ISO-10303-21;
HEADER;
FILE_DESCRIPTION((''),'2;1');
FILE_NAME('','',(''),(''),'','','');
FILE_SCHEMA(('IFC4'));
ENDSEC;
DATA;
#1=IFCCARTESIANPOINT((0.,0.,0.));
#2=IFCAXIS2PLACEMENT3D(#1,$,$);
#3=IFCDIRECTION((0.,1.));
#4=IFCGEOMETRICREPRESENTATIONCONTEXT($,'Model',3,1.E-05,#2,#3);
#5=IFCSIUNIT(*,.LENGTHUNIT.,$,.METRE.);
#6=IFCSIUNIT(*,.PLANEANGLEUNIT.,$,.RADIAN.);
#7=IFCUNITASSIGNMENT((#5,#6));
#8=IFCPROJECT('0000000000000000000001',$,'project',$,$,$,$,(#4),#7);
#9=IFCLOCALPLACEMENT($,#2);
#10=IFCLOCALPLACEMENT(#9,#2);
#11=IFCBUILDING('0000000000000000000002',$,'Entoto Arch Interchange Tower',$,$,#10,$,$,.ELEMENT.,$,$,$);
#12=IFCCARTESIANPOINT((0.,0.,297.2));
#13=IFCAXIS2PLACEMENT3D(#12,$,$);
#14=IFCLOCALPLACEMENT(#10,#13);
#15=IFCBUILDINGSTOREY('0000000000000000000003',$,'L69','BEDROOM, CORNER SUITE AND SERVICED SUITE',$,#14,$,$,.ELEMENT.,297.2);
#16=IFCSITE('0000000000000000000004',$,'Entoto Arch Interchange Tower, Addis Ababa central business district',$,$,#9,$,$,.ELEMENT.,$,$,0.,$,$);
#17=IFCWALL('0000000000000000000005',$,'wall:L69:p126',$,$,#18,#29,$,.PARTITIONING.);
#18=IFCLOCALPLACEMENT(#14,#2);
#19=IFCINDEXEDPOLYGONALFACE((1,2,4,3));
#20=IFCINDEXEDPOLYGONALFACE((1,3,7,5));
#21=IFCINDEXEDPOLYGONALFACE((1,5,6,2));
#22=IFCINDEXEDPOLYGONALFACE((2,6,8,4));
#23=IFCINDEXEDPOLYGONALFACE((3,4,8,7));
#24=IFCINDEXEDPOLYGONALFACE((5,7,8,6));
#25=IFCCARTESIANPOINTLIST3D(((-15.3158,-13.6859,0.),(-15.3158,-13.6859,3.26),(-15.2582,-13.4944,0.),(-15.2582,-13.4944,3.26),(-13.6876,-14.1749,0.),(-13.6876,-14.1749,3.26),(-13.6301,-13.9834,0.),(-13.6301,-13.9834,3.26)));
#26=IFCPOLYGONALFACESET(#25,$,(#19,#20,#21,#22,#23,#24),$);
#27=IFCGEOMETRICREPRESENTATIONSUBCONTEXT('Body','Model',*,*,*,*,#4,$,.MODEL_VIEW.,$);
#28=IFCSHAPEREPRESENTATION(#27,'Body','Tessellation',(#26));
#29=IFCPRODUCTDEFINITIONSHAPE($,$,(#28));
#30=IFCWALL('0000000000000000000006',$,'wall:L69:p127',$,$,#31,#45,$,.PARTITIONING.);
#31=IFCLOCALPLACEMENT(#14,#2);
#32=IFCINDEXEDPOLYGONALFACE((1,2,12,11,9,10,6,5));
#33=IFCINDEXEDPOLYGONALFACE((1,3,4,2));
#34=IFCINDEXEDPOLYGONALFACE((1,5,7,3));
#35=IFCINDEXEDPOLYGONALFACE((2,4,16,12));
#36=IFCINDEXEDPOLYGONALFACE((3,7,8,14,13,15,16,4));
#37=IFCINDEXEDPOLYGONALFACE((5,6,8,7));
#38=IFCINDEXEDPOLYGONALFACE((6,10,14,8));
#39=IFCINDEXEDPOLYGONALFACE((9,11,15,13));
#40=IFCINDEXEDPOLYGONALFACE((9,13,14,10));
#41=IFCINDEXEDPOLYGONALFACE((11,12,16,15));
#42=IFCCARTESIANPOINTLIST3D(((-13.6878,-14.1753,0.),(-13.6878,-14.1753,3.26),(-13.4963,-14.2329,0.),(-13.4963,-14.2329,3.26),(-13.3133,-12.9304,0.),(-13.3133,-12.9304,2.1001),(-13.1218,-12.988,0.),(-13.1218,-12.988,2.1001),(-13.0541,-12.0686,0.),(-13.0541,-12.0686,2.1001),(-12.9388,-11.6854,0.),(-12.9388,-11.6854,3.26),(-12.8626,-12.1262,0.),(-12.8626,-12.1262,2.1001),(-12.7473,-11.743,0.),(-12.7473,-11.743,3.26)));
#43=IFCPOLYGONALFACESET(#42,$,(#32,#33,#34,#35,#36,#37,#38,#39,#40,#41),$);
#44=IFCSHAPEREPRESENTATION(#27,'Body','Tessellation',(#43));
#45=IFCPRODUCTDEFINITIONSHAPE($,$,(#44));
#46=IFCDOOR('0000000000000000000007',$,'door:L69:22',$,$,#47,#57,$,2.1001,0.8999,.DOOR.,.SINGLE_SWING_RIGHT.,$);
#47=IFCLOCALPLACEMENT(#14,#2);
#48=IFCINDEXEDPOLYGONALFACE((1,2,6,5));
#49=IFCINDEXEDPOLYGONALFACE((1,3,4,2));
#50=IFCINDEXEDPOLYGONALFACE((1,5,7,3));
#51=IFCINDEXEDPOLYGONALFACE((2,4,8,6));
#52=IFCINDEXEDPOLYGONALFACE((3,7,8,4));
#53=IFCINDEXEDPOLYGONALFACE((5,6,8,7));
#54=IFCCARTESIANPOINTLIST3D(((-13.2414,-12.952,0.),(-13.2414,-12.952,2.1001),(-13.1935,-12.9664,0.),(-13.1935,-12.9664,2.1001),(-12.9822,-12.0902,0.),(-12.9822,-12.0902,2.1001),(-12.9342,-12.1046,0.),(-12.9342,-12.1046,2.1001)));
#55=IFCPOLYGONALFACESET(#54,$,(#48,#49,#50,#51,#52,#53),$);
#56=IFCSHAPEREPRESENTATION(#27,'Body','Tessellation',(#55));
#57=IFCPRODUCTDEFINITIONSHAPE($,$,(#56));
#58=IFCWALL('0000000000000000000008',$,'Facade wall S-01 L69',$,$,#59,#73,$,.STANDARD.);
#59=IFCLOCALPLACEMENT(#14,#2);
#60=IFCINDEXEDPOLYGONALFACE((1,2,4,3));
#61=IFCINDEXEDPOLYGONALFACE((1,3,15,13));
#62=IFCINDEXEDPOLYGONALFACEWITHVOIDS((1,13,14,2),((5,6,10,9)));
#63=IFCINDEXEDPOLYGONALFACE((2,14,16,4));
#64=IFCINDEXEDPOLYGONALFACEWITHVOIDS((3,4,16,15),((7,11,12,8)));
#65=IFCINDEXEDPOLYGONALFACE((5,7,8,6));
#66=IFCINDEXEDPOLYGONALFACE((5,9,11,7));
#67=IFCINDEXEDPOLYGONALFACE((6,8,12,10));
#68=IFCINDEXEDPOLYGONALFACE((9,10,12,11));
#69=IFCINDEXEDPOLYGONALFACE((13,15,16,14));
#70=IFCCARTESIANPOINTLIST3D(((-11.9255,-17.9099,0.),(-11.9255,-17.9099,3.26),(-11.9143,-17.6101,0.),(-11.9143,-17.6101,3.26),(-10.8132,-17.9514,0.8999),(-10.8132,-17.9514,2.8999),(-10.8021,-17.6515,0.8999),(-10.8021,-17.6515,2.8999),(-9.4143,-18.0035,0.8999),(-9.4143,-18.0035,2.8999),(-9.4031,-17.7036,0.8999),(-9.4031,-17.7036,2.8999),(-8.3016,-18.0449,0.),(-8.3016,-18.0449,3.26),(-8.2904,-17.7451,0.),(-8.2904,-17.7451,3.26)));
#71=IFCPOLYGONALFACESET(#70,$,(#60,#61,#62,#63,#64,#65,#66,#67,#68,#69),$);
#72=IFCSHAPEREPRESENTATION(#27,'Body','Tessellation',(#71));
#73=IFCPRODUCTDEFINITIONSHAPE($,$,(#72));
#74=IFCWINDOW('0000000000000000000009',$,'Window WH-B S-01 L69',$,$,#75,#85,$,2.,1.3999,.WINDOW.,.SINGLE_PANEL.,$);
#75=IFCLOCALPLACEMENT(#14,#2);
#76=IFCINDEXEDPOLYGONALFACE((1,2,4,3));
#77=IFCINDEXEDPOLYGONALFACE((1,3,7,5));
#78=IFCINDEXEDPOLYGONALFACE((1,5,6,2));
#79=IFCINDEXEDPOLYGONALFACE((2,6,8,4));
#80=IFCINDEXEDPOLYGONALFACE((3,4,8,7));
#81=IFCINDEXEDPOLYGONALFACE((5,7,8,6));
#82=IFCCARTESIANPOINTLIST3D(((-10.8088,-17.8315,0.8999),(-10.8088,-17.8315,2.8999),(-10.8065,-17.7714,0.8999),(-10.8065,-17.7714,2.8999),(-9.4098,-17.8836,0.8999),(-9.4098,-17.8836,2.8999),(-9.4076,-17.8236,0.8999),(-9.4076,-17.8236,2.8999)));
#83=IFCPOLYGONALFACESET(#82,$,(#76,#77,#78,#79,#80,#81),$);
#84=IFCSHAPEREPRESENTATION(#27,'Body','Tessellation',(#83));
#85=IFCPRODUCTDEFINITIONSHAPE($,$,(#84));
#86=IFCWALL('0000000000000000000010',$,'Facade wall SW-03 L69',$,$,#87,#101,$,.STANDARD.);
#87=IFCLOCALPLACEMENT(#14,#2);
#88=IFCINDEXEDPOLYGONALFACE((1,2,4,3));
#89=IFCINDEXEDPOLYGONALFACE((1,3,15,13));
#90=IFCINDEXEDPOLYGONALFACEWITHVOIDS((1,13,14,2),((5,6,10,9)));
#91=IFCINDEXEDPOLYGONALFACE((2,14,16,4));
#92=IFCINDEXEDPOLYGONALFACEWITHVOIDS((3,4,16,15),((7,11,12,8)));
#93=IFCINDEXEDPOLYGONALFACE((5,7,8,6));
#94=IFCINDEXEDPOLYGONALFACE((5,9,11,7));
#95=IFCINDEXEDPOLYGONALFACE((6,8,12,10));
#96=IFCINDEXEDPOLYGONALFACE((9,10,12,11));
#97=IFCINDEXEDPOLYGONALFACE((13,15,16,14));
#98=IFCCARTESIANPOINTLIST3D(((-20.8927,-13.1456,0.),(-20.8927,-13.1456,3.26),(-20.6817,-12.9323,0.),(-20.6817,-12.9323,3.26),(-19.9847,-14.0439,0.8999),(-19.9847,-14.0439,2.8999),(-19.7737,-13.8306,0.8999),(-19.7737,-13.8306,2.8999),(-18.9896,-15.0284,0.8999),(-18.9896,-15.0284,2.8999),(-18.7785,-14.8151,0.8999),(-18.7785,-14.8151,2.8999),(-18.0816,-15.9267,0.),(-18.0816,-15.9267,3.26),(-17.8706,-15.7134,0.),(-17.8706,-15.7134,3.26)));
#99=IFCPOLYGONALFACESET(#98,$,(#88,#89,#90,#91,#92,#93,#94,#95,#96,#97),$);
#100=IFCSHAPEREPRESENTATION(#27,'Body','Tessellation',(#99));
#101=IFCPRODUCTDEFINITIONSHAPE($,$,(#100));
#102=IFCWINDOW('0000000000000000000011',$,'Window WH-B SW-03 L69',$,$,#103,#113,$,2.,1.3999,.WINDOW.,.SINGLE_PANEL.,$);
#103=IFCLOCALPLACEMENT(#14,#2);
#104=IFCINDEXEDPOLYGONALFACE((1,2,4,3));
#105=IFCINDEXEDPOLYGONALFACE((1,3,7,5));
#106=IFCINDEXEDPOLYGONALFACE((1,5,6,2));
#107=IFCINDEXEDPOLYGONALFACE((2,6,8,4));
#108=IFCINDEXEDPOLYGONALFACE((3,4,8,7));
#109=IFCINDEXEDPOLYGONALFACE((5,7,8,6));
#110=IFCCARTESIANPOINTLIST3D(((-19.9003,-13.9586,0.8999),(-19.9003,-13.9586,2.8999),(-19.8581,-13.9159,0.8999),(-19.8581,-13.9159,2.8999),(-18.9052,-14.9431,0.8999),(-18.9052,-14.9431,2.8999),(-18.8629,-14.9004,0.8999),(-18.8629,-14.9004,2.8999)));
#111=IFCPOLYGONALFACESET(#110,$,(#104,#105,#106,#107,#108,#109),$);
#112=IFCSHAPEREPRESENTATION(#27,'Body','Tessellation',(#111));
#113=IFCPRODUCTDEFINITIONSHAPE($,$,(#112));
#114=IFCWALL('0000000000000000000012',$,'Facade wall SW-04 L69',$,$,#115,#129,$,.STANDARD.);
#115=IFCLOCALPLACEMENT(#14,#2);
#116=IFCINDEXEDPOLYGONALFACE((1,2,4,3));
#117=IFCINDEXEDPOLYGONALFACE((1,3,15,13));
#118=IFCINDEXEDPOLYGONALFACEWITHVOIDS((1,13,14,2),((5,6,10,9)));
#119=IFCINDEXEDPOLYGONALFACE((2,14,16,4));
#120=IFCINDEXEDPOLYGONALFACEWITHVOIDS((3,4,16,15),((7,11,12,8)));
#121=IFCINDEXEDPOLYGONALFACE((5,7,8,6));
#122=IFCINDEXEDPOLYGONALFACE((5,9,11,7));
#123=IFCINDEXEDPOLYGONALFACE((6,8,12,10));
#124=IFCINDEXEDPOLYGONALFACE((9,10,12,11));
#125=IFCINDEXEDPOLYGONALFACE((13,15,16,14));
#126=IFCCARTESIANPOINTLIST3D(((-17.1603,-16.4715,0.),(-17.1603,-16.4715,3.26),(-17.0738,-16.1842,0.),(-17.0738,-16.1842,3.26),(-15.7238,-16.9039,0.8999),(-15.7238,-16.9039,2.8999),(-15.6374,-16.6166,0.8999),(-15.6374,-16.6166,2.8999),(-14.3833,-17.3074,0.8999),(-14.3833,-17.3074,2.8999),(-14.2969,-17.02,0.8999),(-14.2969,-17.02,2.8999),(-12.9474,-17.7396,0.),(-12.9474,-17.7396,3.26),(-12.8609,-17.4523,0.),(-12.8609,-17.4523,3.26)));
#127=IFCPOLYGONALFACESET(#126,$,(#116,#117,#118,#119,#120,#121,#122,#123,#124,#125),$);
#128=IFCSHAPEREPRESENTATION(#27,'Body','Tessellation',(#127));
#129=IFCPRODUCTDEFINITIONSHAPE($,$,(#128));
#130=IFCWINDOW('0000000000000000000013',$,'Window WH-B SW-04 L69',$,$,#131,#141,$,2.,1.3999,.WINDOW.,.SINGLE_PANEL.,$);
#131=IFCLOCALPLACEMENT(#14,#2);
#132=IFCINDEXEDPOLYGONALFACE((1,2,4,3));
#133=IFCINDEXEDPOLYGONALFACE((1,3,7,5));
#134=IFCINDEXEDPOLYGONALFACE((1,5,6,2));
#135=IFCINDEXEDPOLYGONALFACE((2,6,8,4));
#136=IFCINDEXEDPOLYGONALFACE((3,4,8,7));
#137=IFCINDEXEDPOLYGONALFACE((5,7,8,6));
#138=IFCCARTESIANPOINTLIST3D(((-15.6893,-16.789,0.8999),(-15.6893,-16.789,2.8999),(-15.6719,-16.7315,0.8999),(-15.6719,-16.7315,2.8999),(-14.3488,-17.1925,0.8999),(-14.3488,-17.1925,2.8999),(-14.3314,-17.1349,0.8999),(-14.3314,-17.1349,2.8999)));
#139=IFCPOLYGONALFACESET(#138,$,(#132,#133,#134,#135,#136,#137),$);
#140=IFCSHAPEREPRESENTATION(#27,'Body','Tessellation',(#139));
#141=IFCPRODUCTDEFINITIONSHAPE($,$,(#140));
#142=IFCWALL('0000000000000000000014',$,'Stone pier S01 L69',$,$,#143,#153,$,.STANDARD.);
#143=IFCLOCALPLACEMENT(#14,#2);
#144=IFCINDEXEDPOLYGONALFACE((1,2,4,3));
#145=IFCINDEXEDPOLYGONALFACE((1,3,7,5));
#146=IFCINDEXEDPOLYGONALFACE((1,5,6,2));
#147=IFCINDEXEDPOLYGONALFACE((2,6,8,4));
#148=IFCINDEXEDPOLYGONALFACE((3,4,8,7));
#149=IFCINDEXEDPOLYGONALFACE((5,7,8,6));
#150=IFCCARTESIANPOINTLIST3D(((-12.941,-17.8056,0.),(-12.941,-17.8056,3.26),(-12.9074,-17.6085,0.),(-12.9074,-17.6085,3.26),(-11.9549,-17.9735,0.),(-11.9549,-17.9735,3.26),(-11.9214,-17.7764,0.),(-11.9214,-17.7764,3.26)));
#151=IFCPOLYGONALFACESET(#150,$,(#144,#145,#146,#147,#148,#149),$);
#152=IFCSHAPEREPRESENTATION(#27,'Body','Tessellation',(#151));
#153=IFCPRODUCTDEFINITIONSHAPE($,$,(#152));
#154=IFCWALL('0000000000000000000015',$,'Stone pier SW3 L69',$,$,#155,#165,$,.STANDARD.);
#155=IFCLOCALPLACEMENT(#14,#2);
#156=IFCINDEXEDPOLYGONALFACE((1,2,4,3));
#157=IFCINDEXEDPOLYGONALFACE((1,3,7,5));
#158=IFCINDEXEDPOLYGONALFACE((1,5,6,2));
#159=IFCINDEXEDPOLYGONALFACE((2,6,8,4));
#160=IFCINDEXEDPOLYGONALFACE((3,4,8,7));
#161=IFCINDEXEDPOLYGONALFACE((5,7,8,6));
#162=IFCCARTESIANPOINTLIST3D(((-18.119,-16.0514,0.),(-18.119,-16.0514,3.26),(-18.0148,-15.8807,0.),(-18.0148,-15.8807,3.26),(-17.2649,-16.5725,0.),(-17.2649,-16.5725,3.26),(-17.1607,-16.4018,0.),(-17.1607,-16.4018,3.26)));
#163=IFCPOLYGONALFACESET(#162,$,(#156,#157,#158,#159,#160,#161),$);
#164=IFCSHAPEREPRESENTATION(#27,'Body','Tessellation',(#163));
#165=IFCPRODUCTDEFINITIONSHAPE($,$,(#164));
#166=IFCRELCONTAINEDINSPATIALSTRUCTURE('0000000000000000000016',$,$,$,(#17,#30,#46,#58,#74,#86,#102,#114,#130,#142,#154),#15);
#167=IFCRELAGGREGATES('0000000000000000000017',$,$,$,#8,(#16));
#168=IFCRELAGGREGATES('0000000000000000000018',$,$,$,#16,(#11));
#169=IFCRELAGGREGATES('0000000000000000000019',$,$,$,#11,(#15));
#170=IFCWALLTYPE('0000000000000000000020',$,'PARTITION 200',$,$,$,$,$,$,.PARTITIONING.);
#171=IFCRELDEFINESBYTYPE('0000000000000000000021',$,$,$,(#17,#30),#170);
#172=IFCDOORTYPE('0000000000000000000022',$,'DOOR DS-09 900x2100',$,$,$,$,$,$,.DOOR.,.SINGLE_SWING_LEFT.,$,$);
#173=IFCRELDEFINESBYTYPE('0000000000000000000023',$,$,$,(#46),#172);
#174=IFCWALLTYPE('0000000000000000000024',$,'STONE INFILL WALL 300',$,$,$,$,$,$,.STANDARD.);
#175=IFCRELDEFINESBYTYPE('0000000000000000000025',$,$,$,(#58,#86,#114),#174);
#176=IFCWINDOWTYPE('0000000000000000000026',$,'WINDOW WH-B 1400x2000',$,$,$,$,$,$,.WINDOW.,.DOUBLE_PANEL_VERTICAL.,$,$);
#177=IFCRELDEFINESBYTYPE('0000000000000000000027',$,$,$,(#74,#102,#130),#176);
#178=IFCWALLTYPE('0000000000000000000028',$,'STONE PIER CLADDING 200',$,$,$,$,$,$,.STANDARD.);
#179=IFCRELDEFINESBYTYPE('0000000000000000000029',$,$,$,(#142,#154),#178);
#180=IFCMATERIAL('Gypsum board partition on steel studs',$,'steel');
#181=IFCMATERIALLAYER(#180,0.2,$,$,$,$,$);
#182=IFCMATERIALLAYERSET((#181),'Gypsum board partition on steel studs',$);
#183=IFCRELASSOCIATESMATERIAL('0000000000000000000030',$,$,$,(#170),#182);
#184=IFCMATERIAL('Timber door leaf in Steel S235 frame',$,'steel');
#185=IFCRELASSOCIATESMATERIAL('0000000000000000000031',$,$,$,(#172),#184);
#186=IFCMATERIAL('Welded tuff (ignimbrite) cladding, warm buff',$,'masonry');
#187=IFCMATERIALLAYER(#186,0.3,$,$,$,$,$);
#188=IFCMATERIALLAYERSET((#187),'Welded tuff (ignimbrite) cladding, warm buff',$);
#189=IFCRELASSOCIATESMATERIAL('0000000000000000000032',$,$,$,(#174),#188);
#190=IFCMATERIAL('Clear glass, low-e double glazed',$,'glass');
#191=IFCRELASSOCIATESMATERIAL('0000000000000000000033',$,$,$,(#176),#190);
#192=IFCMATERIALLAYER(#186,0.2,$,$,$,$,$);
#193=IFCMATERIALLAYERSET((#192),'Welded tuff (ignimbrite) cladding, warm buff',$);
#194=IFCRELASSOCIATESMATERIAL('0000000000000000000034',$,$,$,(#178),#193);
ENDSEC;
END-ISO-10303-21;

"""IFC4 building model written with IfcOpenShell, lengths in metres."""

from ifc_helpers import new_model, si_unit, direction, frame, frame_2d, origin, place, context, subcontext, project, spatial, rectangle, extrude, material, layer, layer_set, type_object, element, fill, save


model = new_model("IFC4")

# Units and contexts
model_context = context("Model", 3, precision=1e-05, world=origin(), true_north=direction((0.0, 1.0)))
body_context = subcontext(model_context, "Body", "Model", "MODEL_VIEW")
ifc_project = project(units=[si_unit("LENGTHUNIT", "METRE"), si_unit("PLANEANGLEUNIT", "RADIAN")], contexts=[model_context])

# Site, building, storey
site_placement = place(None, origin())
site = spatial("IfcSite", under=ifc_project, at=site_placement, Name="Entoto Arch Interchange Tower, Addis Ababa central business district", CompositionType="ELEMENT", RefElevation=0.0)
building_placement = place(site_placement, origin())
building = spatial("IfcBuilding", under=site, at=building_placement, Name="Entoto Arch Interchange Tower", CompositionType="ELEMENT")
storey_placement = place(building_placement, frame((0.0, 0.0, 297.2)))
storey = spatial("IfcBuildingStorey", under=building, at=storey_placement, Name="L69", Description="BEDROOM, CORNER SUITE AND SERVICED SUITE", CompositionType="ELEMENT", Elevation=297.2)

# Shared definitions
ifc_material_1 = material(Name="Gypsum board partition on steel studs", Category="steel")

# Shared definitions
ifc_layer_1 = layer(ifc_material_1, 0.2)
ifc_layer_set_1 = layer_set([ifc_layer_1], Name="Gypsum board partition on steel studs")
wall_type_1 = type_object("IfcWallType", Name="PARTITION 200", PredefinedType="PARTITIONING", material=ifc_layer_set_1)
ifc_material_2 = material(Name="Timber door leaf in Steel S235 frame", Category="steel")

# Wall
wall_1_placement = place(storey_placement, frame((-15.2871, -13.5901, 0.0), z_axis=(0.0, 0.0, 1.0), x_axis=(0.957735, -0.287651, 0.0)))
element("IfcWall", 1, at=wall_1_placement, inside=storey, type_object=wall_type_1, Name="wall:L69:p126", PredefinedType="PARTITIONING", context=body_context, shape_type="SweptSolid", body=[
    extrude(rectangle(XDim=1.7, YDim=0.2, at=frame_2d((0.8501, 0.0))), origin(), (0.0, 0.0, 1.0), 3.26),
])

# Wall, opening, door
wall_2_placement = place(storey_placement, frame((-13.592, -14.2041, 0.0), z_axis=(0.0, 0.0, 1.0), x_axis=(0.288063, 0.957612, 0.0)))
wall_2 = element("IfcWall", 2, at=wall_2_placement, inside=storey, type_object=wall_type_1, Name="wall:L69:p127", PredefinedType="PARTITIONING", context=body_context, shape_type="SweptSolid", body=[
    extrude(rectangle(XDim=2.6001, YDim=0.2, at=frame_2d((1.3, 0.0))), origin(), (0.0, 0.0, 1.0), 3.26),
])
opening_1_placement = place(wall_2_placement, frame((1.3, 0.0, 0.0)))
opening_1 = element("IfcOpeningElement", 3, at=opening_1_placement, cuts=wall_2, PredefinedType="OPENING", context=body_context, shape_type="SweptSolid", body=[
    extrude(rectangle(XDim=0.8999, YDim=2.1001, at=frame_2d((0.45, 1.05))), frame((0.0, 0.1099, 0.0), z_axis=(0.0, -1.0, 0.0), x_axis=(1.0, 0.0, 0.0)), (0.0, 0.0, 1.0), 0.22),
])
door_type_1 = type_object("IfcDoorType", Name="DOOR DS-09 900x2100", OperationType="SINGLE_SWING_LEFT", PredefinedType="DOOR", material=ifc_material_2)
door_1_placement = place(opening_1_placement, origin())
door_1 = element("IfcDoor", 4, at=door_1_placement, inside=storey, type_object=door_type_1, Name="door:L69:22", OperationType="SINGLE_SWING_RIGHT", OverallHeight=2.1001, OverallWidth=0.8999, PredefinedType="DOOR", context=body_context, shape_type="SweptSolid", body=[
    extrude(rectangle(XDim=0.8999, YDim=2.1001, at=frame_2d((0.45, 1.05))), frame((0.0, 0.0249, 0.0), z_axis=(0.0, -1.0, 0.0), x_axis=(1.0, 0.0, 0.0)), (0.0, 0.0, 1.0), 0.05),
])
fill(opening_1, door_1)

# Walls, openings, windows
ifc_material_3 = material(Name="Welded tuff (ignimbrite) cladding, warm buff", Category="masonry")
ifc_layer_2 = layer(ifc_material_3, 0.3)
ifc_layer_set_2 = layer_set([ifc_layer_2], Name="Welded tuff (ignimbrite) cladding, warm buff")
wall_type_2 = type_object("IfcWallType", Name="STONE INFILL WALL 300", PredefinedType="STANDARD", material=ifc_layer_set_2)
wall_3_placement = place(storey_placement, frame((-11.9199, -17.76, 0.0), z_axis=(0.0, 0.0, 1.0), x_axis=(0.999307, -0.037228, 0.0)))
wall_3 = element("IfcWall", 5, at=wall_3_placement, inside=storey, type_object=wall_type_2, Name="Facade wall S-01 L69", PredefinedType="STANDARD", context=body_context, shape_type="SweptSolid", body=[
    extrude(rectangle(XDim=3.6265, YDim=0.3, at=frame_2d((1.8132, 0.0))), origin(), (0.0, 0.0, 1.0), 3.26),
])
opening_2_placement = place(wall_3_placement, frame((1.113, 0.0, 0.8999)))
opening_2 = element("IfcOpeningElement", 6, at=opening_2_placement, cuts=wall_3, PredefinedType="OPENING", context=body_context, shape_type="SweptSolid", body=[
    extrude(rectangle(XDim=1.3999, YDim=2.0, at=frame_2d((0.7, 1.0))), frame((0.0, 0.1602, 0.0), z_axis=(0.0, -1.0, 0.0), x_axis=(1.0, 0.0, 0.0)), (0.0, 0.0, 1.0), 0.3201),
])
ifc_material_4 = material(Name="Clear glass, low-e double glazed", Category="glass")
window_type = type_object("IfcWindowType", Name="WINDOW WH-B 1400x2000", PartitioningType="DOUBLE_PANEL_VERTICAL", PredefinedType="WINDOW", material=ifc_material_4)
window_1_placement = place(opening_2_placement, origin())
window_1 = element("IfcWindow", 7, at=window_1_placement, inside=storey, type_object=window_type, Name="Window WH-B S-01 L69", OverallHeight=2.0, OverallWidth=1.3999, PartitioningType="SINGLE_PANEL", PredefinedType="WINDOW", context=body_context, shape_type="SweptSolid", body=[
    extrude(rectangle(XDim=1.3999, YDim=2.0, at=frame_2d((0.7, 1.0))), frame((0.0, 0.03, 0.0), z_axis=(0.0, -1.0, 0.0), x_axis=(1.0, 0.0, 0.0)), (0.0, 0.0, 1.0), 0.0601),
])
fill(opening_2, window_1)
wall_4_placement = place(storey_placement, frame((-20.7871, -13.0391, 0.0), z_axis=(0.0, 0.0, 1.0), x_axis=(0.710894, -0.703299, 0.0)))
wall_4 = element("IfcWall", 8, at=wall_4_placement, inside=storey, type_object=wall_type_2, Name="Facade wall SW-03 L69", PredefinedType="STANDARD", context=body_context, shape_type="SweptSolid", body=[
    extrude(rectangle(XDim=3.9543, YDim=0.3, at=frame_2d((1.9771, 0.0))), origin(), (0.0, 0.0, 1.0), 3.26),
])
opening_3_placement = place(wall_4_placement, frame((1.2771, 0.0, 0.8999)))
opening_3 = element("IfcOpeningElement", 9, at=opening_3_placement, cuts=wall_4, PredefinedType="OPENING", context=body_context, shape_type="SweptSolid", body=[
    extrude(rectangle(XDim=1.3999, YDim=2.0, at=frame_2d((0.7, 1.0))), frame((0.0, 0.1602, 0.0), z_axis=(0.0, -1.0, 0.0), x_axis=(1.0, 0.0, 0.0)), (0.0, 0.0, 1.0), 0.3201),
])
window_2_placement = place(opening_3_placement, origin())
window_2 = element("IfcWindow", 10, at=window_2_placement, inside=storey, type_object=window_type, Name="Window WH-B SW-03 L69", OverallHeight=2.0, OverallWidth=1.3999, PartitioningType="SINGLE_PANEL", PredefinedType="WINDOW", context=body_context, shape_type="SweptSolid", body=[
    extrude(rectangle(XDim=1.3999, YDim=2.0, at=frame_2d((0.7, 1.0))), frame((0.0, 0.03, 0.0), z_axis=(0.0, -1.0, 0.0), x_axis=(1.0, 0.0, 0.0)), (0.0, 0.0, 1.0), 0.0601),
])
fill(opening_3, window_2)
wall_5_placement = place(storey_placement, frame((-17.1169, -16.3279, 0.0), z_axis=(0.0, 0.0, 1.0), x_axis=(0.957563, -0.288223, 0.0)))
wall_5 = element("IfcWall", 11, at=wall_5_placement, inside=storey, type_object=wall_type_2, Name="Facade wall SW-04 L69", PredefinedType="STANDARD", context=body_context, shape_type="SweptSolid", body=[
    extrude(rectangle(XDim=4.3997, YDim=0.3, at=frame_2d((2.1997, 0.0))), origin(), (0.0, 0.0, 1.0), 3.26),
])
opening_4_placement = place(wall_5_placement, frame((1.5, 0.0, 0.8999)))
opening_4 = element("IfcOpeningElement", 12, at=opening_4_placement, cuts=wall_5, PredefinedType="OPENING", context=body_context, shape_type="SweptSolid", body=[
    extrude(rectangle(XDim=1.3999, YDim=2.0, at=frame_2d((0.7, 1.0))), frame((0.0, 0.1602, 0.0), z_axis=(0.0, -1.0, 0.0), x_axis=(1.0, 0.0, 0.0)), (0.0, 0.0, 1.0), 0.3201),
])
window_3_placement = place(opening_4_placement, origin())
window_3 = element("IfcWindow", 13, at=window_3_placement, inside=storey, type_object=window_type, Name="Window WH-B SW-04 L69", OverallHeight=2.0, OverallWidth=1.3999, PartitioningType="SINGLE_PANEL", PredefinedType="WINDOW", context=body_context, shape_type="SweptSolid", body=[
    extrude(rectangle(XDim=1.3999, YDim=2.0, at=frame_2d((0.7, 1.0))), frame((0.0, 0.03, 0.0), z_axis=(0.0, -1.0, 0.0), x_axis=(1.0, 0.0, 0.0)), (0.0, 0.0, 1.0), 0.0601),
])
fill(opening_4, window_3)

# Walls
ifc_layer_3 = layer(ifc_material_3, 0.2)
ifc_layer_set_3 = layer_set([ifc_layer_3], Name="Welded tuff (ignimbrite) cladding, warm buff")
wall_type_3 = type_object("IfcWallType", Name="STONE PIER CLADDING 200", PredefinedType="STANDARD", material=ifc_layer_set_3)
wall_6_placement = place(storey_placement, frame((-12.9241, -17.707, 0.0), z_axis=(0.0, 0.0, 1.0), x_axis=(0.985801, -0.16792, 0.0)))
element("IfcWall", 14, at=wall_6_placement, inside=storey, type_object=wall_type_3, Name="Stone pier S01 L69", PredefinedType="STANDARD", context=body_context, shape_type="SweptSolid", body=[
    extrude(rectangle(XDim=1.0002, YDim=0.2, at=frame_2d((0.5, 0.0))), origin(), (0.0, 0.0, 1.0), 3.26),
])
wall_7_placement = place(storey_placement, frame((-18.0669, -15.9661, 0.0), z_axis=(0.0, 0.0, 1.0), x_axis=(0.85368, -0.520798, 0.0)))
element("IfcWall", 15, at=wall_7_placement, inside=storey, type_object=wall_type_3, Name="Stone pier SW3 L69", PredefinedType="STANDARD", context=body_context, shape_type="SweptSolid", body=[
    extrude(rectangle(XDim=1.0005, YDim=0.2, at=frame_2d((0.5002, 0.0))), origin(), (0.0, 0.0, 1.0), 3.26),
])

save(model, "model.ifc")
